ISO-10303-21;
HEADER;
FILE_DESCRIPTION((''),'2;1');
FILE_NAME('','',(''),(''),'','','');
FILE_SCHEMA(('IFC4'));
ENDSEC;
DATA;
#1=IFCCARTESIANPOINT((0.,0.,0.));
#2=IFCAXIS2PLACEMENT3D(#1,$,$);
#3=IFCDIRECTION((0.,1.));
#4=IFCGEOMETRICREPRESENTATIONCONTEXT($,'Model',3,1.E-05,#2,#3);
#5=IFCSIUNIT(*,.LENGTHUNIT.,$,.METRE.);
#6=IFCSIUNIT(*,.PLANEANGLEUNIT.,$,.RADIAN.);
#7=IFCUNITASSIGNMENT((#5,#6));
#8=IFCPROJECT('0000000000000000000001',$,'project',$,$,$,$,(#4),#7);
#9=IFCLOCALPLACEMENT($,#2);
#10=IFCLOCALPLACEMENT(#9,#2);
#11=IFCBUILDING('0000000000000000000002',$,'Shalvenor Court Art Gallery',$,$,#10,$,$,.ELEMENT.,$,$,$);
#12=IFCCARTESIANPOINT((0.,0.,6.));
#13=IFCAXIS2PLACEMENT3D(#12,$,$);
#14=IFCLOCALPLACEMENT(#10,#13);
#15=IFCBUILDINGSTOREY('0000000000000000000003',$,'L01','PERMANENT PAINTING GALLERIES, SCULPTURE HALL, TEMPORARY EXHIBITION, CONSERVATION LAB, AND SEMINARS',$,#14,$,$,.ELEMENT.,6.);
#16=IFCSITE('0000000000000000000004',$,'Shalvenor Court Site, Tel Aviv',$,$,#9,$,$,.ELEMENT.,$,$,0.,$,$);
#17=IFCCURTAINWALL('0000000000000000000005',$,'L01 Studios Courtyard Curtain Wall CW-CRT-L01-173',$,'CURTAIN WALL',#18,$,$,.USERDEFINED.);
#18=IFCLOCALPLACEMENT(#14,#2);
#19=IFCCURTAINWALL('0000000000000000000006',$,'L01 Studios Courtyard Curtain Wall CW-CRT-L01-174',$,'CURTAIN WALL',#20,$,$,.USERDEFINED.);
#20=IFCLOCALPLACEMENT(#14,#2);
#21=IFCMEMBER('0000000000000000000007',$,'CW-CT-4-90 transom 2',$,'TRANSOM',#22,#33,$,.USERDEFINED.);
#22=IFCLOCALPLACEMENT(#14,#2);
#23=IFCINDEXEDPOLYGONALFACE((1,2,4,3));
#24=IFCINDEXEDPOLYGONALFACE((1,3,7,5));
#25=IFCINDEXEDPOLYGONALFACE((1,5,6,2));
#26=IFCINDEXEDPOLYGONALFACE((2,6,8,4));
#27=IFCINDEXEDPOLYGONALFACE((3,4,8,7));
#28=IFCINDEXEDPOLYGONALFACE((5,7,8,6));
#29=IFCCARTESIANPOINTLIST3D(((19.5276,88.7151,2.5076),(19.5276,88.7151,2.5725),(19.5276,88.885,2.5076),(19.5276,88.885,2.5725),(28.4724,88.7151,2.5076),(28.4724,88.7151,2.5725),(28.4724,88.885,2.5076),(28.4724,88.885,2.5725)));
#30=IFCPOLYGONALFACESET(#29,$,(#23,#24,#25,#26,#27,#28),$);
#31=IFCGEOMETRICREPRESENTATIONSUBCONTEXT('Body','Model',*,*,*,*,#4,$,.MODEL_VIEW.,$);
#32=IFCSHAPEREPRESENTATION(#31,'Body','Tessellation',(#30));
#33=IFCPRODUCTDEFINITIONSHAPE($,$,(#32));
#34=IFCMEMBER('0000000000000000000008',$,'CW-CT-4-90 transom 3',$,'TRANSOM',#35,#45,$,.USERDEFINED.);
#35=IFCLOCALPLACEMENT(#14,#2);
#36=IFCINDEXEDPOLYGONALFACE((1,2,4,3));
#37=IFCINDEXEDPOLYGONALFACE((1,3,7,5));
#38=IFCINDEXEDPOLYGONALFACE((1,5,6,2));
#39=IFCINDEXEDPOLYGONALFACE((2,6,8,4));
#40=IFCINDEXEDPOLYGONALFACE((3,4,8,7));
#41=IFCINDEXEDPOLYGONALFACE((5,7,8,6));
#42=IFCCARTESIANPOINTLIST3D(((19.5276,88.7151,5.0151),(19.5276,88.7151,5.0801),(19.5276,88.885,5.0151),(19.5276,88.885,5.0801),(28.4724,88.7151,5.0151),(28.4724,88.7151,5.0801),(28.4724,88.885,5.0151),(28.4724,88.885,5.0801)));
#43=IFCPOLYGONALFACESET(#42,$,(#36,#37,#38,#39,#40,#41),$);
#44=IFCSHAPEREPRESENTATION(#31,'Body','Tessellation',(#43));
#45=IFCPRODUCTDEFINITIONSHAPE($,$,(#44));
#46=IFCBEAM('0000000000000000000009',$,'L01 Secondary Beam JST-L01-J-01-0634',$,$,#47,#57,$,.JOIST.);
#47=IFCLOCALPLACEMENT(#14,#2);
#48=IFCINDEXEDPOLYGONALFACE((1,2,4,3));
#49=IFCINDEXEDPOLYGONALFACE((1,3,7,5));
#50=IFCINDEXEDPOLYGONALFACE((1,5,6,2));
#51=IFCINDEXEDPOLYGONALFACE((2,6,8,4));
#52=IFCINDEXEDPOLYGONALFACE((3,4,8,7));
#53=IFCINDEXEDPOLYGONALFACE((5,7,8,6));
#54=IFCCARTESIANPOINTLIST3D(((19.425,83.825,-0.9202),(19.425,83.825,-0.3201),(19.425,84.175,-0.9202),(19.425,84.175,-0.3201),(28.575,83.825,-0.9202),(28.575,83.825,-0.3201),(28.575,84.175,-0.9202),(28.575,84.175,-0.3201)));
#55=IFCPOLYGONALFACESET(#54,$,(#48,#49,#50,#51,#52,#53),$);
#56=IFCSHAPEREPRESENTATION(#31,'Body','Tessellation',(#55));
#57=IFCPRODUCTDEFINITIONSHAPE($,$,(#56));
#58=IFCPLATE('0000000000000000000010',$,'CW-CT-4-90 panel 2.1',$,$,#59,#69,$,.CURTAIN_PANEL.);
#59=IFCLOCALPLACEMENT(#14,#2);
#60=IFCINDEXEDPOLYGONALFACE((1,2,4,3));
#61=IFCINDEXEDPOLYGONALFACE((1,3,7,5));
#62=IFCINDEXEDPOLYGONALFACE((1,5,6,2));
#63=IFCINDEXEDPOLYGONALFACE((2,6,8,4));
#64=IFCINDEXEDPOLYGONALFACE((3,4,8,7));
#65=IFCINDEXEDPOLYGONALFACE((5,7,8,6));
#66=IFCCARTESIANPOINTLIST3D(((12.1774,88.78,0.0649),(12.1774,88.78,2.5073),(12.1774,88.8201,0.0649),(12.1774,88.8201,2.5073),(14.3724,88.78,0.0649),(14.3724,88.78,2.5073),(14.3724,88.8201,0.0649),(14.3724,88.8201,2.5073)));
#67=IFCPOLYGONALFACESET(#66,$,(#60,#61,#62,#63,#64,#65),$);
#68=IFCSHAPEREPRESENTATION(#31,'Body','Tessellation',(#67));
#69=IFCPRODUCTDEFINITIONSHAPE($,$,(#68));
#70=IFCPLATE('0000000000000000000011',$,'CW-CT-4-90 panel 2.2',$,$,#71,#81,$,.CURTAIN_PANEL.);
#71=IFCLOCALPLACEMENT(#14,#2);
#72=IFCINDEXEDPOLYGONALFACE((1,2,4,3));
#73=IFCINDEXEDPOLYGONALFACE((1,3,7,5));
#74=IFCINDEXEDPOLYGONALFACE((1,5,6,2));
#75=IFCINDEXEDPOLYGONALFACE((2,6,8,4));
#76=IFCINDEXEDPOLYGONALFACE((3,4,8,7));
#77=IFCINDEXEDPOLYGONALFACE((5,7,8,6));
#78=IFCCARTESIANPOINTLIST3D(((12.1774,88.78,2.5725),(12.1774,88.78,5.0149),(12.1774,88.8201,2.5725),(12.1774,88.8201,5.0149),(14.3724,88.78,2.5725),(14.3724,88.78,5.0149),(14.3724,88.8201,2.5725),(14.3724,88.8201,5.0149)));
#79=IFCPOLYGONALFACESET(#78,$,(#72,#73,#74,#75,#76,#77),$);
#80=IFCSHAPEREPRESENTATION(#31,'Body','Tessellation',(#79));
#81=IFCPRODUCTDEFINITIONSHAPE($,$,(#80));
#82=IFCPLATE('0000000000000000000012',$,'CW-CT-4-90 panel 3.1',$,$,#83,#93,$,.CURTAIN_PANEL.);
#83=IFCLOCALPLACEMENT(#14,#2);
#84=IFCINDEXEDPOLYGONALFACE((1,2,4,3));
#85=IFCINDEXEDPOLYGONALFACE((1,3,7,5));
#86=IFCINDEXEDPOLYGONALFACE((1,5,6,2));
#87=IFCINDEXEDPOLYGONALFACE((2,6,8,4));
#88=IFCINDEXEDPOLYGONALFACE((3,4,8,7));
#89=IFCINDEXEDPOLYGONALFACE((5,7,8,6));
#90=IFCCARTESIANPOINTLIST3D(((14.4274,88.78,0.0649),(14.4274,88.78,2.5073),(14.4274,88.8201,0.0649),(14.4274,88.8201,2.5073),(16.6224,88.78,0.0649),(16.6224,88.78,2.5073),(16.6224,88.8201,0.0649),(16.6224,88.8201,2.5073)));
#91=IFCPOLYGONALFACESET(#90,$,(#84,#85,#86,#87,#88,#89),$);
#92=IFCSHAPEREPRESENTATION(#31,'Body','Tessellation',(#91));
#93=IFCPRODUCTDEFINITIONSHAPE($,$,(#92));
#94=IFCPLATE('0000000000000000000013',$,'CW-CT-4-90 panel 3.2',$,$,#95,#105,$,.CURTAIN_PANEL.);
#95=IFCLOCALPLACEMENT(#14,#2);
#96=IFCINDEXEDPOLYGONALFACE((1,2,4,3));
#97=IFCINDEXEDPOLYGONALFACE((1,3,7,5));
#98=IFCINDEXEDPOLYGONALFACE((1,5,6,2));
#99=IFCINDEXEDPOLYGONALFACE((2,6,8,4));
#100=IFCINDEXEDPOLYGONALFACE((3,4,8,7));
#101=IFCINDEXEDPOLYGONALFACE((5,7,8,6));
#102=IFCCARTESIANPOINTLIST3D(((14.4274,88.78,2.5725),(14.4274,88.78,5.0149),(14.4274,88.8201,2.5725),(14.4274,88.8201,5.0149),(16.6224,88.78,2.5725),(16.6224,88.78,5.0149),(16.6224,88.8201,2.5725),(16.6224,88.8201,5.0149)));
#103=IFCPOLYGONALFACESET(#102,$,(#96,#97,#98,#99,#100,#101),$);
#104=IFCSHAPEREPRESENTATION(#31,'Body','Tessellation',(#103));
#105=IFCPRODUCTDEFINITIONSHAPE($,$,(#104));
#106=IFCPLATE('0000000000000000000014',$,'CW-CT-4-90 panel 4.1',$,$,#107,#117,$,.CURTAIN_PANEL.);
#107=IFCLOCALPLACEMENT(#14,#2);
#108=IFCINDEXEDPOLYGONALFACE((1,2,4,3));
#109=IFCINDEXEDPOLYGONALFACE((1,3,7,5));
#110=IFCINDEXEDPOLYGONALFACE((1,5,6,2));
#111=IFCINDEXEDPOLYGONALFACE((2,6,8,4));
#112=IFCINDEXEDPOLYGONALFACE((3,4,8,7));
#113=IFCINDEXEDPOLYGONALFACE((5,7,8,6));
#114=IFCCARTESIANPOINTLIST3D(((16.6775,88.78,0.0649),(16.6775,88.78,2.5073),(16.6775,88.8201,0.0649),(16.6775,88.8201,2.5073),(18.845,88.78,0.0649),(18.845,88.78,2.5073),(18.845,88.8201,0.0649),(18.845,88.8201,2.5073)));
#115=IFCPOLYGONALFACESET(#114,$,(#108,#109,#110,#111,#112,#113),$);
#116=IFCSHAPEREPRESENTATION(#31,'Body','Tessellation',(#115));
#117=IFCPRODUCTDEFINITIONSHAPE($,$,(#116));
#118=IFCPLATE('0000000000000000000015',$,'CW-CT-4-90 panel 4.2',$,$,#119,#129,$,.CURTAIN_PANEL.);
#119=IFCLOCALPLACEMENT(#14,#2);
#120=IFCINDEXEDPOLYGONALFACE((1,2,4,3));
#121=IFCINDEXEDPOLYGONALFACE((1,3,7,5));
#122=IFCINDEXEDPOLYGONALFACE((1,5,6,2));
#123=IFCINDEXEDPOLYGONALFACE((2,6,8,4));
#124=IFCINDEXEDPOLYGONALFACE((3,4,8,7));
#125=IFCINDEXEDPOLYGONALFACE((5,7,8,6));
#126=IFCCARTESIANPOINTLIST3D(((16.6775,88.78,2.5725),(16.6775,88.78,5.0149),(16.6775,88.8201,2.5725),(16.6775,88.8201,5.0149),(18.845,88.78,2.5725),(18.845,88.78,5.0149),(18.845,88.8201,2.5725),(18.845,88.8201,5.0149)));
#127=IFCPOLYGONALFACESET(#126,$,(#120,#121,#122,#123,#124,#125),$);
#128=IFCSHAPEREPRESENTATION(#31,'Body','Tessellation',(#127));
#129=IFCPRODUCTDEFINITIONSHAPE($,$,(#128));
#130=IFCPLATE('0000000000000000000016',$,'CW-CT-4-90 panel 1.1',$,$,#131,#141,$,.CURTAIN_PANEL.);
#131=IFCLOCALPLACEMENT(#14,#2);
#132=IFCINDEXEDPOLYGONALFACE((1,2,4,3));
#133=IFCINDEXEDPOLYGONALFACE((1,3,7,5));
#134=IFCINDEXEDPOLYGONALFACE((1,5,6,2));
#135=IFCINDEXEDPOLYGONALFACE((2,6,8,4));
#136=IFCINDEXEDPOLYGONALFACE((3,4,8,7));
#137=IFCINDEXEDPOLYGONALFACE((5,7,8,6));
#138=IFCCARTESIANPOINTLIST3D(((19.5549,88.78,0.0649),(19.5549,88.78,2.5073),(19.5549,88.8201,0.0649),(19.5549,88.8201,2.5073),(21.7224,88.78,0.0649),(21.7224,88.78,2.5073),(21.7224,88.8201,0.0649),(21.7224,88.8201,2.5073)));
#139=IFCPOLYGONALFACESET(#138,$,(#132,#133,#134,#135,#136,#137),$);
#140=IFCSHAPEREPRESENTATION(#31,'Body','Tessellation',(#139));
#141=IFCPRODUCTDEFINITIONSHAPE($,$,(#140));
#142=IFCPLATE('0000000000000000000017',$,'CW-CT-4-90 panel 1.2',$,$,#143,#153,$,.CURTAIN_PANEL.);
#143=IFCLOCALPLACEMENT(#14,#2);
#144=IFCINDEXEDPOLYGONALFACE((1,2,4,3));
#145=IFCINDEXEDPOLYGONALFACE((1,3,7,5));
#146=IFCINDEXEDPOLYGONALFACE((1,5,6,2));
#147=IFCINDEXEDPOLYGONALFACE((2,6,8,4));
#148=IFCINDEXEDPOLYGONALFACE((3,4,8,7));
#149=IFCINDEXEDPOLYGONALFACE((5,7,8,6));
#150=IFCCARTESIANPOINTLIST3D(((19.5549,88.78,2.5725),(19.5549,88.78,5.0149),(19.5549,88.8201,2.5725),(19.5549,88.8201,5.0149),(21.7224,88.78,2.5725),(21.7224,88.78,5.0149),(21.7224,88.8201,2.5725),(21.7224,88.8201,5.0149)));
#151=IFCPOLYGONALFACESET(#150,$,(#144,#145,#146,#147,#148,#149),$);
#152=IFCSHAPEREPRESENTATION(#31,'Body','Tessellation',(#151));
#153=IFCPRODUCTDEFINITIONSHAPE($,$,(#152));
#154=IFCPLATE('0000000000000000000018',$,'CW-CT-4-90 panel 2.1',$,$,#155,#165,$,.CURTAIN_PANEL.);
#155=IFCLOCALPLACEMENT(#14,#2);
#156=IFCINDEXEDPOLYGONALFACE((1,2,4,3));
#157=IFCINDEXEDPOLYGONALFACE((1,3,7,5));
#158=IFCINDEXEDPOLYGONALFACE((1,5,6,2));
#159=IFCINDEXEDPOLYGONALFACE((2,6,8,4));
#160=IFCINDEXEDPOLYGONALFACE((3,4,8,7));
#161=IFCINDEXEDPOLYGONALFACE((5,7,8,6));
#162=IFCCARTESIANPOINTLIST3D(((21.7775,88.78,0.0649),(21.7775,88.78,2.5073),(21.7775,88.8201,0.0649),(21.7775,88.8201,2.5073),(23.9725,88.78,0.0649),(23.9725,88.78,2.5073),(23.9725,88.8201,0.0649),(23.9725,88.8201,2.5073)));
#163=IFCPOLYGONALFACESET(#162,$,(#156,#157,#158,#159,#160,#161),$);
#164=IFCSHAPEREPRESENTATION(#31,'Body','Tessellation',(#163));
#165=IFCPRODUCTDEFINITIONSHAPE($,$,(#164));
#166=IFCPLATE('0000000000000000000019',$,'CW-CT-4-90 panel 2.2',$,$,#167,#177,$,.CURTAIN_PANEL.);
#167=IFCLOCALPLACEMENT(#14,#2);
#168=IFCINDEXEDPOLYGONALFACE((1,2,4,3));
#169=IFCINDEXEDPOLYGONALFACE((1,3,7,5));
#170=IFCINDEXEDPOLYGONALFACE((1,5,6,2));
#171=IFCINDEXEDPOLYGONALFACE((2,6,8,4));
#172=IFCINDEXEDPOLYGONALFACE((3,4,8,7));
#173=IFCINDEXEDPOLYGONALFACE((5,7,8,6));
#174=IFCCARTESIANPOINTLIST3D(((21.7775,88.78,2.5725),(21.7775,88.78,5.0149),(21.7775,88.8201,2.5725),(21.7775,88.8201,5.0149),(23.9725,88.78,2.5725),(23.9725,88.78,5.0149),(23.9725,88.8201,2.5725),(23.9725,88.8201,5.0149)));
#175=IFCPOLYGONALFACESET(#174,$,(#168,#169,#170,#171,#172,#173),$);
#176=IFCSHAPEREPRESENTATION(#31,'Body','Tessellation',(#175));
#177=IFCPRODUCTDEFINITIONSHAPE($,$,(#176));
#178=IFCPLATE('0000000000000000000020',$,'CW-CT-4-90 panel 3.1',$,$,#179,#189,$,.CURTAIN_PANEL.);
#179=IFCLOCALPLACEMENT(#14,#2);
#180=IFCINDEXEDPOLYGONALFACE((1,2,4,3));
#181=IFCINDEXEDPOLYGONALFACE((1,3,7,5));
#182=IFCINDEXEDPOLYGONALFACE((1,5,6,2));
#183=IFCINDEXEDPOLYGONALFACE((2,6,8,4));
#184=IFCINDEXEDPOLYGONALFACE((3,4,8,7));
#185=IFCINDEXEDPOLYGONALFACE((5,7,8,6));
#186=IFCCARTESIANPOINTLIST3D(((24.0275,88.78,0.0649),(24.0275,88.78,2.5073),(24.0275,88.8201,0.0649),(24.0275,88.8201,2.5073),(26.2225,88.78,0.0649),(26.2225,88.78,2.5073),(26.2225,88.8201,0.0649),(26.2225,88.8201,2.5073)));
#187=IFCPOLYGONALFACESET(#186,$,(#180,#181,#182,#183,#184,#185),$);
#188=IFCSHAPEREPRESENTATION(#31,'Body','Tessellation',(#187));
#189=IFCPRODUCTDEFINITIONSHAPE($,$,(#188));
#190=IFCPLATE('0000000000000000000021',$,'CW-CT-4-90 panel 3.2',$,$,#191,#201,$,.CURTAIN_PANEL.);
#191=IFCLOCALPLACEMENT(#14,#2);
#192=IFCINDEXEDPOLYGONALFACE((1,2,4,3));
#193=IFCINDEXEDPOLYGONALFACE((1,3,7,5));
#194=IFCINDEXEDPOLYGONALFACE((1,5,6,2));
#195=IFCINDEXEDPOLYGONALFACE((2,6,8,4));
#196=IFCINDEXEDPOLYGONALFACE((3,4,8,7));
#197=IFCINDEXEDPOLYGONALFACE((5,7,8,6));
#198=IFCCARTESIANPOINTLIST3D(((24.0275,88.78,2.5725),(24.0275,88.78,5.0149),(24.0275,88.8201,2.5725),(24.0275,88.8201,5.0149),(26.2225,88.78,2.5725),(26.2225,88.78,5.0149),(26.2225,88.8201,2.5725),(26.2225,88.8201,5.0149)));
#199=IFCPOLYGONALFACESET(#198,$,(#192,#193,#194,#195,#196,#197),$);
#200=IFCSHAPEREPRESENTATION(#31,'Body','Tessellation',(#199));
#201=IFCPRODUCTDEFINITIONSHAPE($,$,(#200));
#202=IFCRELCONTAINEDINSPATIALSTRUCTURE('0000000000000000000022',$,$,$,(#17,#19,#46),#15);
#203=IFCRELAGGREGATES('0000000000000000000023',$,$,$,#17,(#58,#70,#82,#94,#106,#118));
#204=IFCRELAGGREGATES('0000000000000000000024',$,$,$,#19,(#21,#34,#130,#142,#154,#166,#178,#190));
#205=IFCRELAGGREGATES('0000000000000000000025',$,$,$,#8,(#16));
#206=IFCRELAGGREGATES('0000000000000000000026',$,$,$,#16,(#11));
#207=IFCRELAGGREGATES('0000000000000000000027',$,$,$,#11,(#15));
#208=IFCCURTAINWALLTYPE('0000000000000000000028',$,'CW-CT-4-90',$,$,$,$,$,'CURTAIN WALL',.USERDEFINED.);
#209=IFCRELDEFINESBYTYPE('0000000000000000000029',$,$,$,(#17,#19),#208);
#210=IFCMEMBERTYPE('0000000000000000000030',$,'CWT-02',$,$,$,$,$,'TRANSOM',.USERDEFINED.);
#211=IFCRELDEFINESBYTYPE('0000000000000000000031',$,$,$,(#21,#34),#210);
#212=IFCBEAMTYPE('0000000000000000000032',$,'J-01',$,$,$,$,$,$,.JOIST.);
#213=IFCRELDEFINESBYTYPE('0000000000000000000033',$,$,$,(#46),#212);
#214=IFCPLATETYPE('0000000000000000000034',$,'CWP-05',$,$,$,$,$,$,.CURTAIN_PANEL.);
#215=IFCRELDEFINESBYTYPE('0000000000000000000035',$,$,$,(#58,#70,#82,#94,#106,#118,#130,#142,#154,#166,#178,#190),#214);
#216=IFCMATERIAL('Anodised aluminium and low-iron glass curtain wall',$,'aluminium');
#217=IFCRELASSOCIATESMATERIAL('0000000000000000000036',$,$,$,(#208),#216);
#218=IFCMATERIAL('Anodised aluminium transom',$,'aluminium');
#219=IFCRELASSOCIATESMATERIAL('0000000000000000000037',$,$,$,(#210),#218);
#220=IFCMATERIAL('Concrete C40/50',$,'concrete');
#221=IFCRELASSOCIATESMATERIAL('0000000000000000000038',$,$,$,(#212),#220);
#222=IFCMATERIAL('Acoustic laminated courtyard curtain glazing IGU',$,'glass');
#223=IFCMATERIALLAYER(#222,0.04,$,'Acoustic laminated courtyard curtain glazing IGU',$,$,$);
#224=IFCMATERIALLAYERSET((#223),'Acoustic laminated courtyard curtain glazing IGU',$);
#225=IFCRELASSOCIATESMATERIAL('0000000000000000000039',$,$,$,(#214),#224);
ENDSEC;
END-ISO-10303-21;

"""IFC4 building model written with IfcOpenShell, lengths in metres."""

from ifc_helpers import new_model, si_unit, direction, frame, origin, origin_2d, place, context, subcontext, project, spatial, rectangle, extrude, material, layer, layer_set, material_profile, profile_set, type_object, element, aggregate, save


model = new_model("IFC4")

# Units and contexts
model_context = context("Model", 3, precision=1e-05, world=origin(), true_north=direction((0.0, 1.0)))
body_context = subcontext(model_context, "Body", "Model", "MODEL_VIEW")
ifc_project = project(units=[si_unit("LENGTHUNIT", "METRE"), si_unit("PLANEANGLEUNIT", "RADIAN")], contexts=[model_context])

# Site, building, storey
site_placement = place(None, origin())
site = spatial("IfcSite", under=ifc_project, at=site_placement, Name="Shalvenor Court Site, Tel Aviv", CompositionType="ELEMENT", RefElevation=0.0)
building_placement = place(site_placement, origin())
building = spatial("IfcBuilding", under=site, at=building_placement, Name="Shalvenor Court Art Gallery", CompositionType="ELEMENT")
storey_placement = place(building_placement, frame((0.0, 0.0, 6.0)))
storey = spatial("IfcBuildingStorey", under=building, at=storey_placement, Name="L01", Description="PERMANENT PAINTING GALLERIES, SCULPTURE HALL, TEMPORARY EXHIBITION, CONSERVATION LAB, AND SEMINARS", CompositionType="ELEMENT", Elevation=6.0)

# Curtain walls, members
ifc_material_1 = material(Name="Anodised aluminium and low-iron glass curtain wall", Category="aluminium")
curtain_wall_type = type_object("IfcCurtainWallType", Name="CW-CT-4-90", ElementType="CURTAIN WALL", PredefinedType="USERDEFINED", material=ifc_material_1)
curtain_wall_1_placement = place(storey_placement, origin())
curtain_wall_1 = element("IfcCurtainWall", 1, at=curtain_wall_1_placement, inside=storey, type_object=curtain_wall_type, Name="L01 Studios Courtyard Curtain Wall CW-CRT-L01-173", ObjectType="CURTAIN WALL", PredefinedType="USERDEFINED")
curtain_wall_2_placement = place(storey_placement, origin())
curtain_wall_2 = element("IfcCurtainWall", 2, at=curtain_wall_2_placement, inside=storey, type_object=curtain_wall_type, Name="L01 Studios Courtyard Curtain Wall CW-CRT-L01-174", ObjectType="CURTAIN WALL", PredefinedType="USERDEFINED")
ifc_material_2 = material(Name="Anodised aluminium transom", Category="aluminium")
ifc_material_profile_1 = material_profile(ifc_material_2, rectangle(XDim=0.1699, YDim=0.0649, at=origin_2d()), Name="CWT-02")
ifc_profile_set_1 = profile_set([ifc_material_profile_1], Name="Anodised aluminium transom")
member_type_1 = type_object("IfcMemberType", Name="CWT-02", ElementType="TRANSOM", PredefinedType="USERDEFINED", material=ifc_profile_set_1)
member_1_placement = place(storey_placement, frame((19.5276, 88.8, 2.54), z_axis=(1.0, 0.0, 0.0), x_axis=(0.0, 1.0, 0.0)))
member_1 = element("IfcMember", 3, at=member_1_placement, type_object=member_type_1, Name="CW-CT-4-90 transom 2", ObjectType="TRANSOM", PredefinedType="USERDEFINED", context=body_context, shape_type="SweptSolid", body=[
    extrude(rectangle(XDim=0.1699, YDim=0.0649, at=origin_2d()), origin(), (0.0, 0.0, 1.0), 8.9448),
])
member_2_placement = place(storey_placement, frame((19.5276, 88.8, 5.0476), z_axis=(1.0, 0.0, 0.0), x_axis=(0.0, 1.0, 0.0)))
member_2 = element("IfcMember", 4, at=member_2_placement, type_object=member_type_1, Name="CW-CT-4-90 transom 3", ObjectType="TRANSOM", PredefinedType="USERDEFINED", context=body_context, shape_type="SweptSolid", body=[
    extrude(rectangle(XDim=0.1699, YDim=0.0649, at=origin_2d()), origin(), (0.0, 0.0, 1.0), 8.9448),
])

# Beam
ifc_material_3 = material(Name="Concrete C40/50", Category="concrete")
ifc_material_profile_2 = material_profile(ifc_material_3, rectangle(XDim=0.3501, YDim=0.6001, at=origin_2d()), Name="RC 350x600")
ifc_profile_set_2 = profile_set([ifc_material_profile_2], Name="Concrete C40/50")
beam_type_1 = type_object("IfcBeamType", Name="J-01", PredefinedType="JOIST", material=ifc_profile_set_2)
beam_1_placement = place(storey_placement, frame((19.425, 84.0, -0.6201), z_axis=(1.0, 0.0, 0.0), x_axis=(0.0, 1.0, 0.0)))
element("IfcBeam", 5, at=beam_1_placement, inside=storey, type_object=beam_type_1, Name="L01 Secondary Beam JST-L01-J-01-0634", PredefinedType="JOIST", context=body_context, shape_type="SweptSolid", body=[
    extrude(rectangle(XDim=0.3501, YDim=0.6001, at=origin_2d()), origin(), (0.0, 0.0, 1.0), 9.1499),
])

# Plates
ifc_material_4 = material(Name="Acoustic laminated courtyard curtain glazing IGU", Category="glass")
ifc_layer_1 = layer(ifc_material_4, 0.04, Name="Acoustic laminated courtyard curtain glazing IGU")
ifc_layer_set_1 = layer_set([ifc_layer_1], Name="Acoustic laminated courtyard curtain glazing IGU")
plate_type = type_object("IfcPlateType", Name="CWP-05", PredefinedType="CURTAIN_PANEL", material=ifc_layer_set_1)
plate_1_placement = place(storey_placement, frame((13.2749, 88.8, 0.0649), z_axis=(0.0, 0.0, 1.0), x_axis=(1.0, 0.0, 0.0)))
plate_1 = element("IfcPlate", 6, at=plate_1_placement, type_object=plate_type, Name="CW-CT-4-90 panel 2.1", PredefinedType="CURTAIN_PANEL", context=body_context, shape_type="SweptSolid", body=[
    extrude(rectangle(XDim=2.1951, YDim=0.04, at=origin_2d()), origin(), (0.0, 0.0, 1.0), 2.4424),
])
plate_2_placement = place(storey_placement, frame((13.2749, 88.8, 2.5725), z_axis=(0.0, 0.0, 1.0), x_axis=(1.0, 0.0, 0.0)))
plate_2 = element("IfcPlate", 7, at=plate_2_placement, type_object=plate_type, Name="CW-CT-4-90 panel 2.2", PredefinedType="CURTAIN_PANEL", context=body_context, shape_type="SweptSolid", body=[
    extrude(rectangle(XDim=2.1951, YDim=0.04, at=origin_2d()), origin(), (0.0, 0.0, 1.0), 2.4424),
])
plate_3_placement = place(storey_placement, frame((15.5249, 88.8, 0.0649), z_axis=(0.0, 0.0, 1.0), x_axis=(1.0, 0.0, 0.0)))
plate_3 = element("IfcPlate", 8, at=plate_3_placement, type_object=plate_type, Name="CW-CT-4-90 panel 3.1", PredefinedType="CURTAIN_PANEL", context=body_context, shape_type="SweptSolid", body=[
    extrude(rectangle(XDim=2.1951, YDim=0.04, at=origin_2d()), origin(), (0.0, 0.0, 1.0), 2.4424),
])
plate_4_placement = place(storey_placement, frame((15.5249, 88.8, 2.5725), z_axis=(0.0, 0.0, 1.0), x_axis=(1.0, 0.0, 0.0)))
plate_4 = element("IfcPlate", 9, at=plate_4_placement, type_object=plate_type, Name="CW-CT-4-90 panel 3.2", PredefinedType="CURTAIN_PANEL", context=body_context, shape_type="SweptSolid", body=[
    extrude(rectangle(XDim=2.1951, YDim=0.04, at=origin_2d()), origin(), (0.0, 0.0, 1.0), 2.4424),
])
plate_5_placement = place(storey_placement, frame((17.7612, 88.8, 0.0649), z_axis=(0.0, 0.0, 1.0), x_axis=(1.0, 0.0, 0.0)))
plate_5 = element("IfcPlate", 10, at=plate_5_placement, type_object=plate_type, Name="CW-CT-4-90 panel 4.1", PredefinedType="CURTAIN_PANEL", context=body_context, shape_type="SweptSolid", body=[
    extrude(rectangle(XDim=2.1675, YDim=0.04, at=origin_2d()), origin(), (0.0, 0.0, 1.0), 2.4424),
])
plate_6_placement = place(storey_placement, frame((17.7612, 88.8, 2.5725), z_axis=(0.0, 0.0, 1.0), x_axis=(1.0, 0.0, 0.0)))
plate_6 = element("IfcPlate", 11, at=plate_6_placement, type_object=plate_type, Name="CW-CT-4-90 panel 4.2", PredefinedType="CURTAIN_PANEL", context=body_context, shape_type="SweptSolid", body=[
    extrude(rectangle(XDim=2.1675, YDim=0.04, at=origin_2d()), origin(), (0.0, 0.0, 1.0), 2.4424),
])
aggregate(curtain_wall_1, [plate_1, plate_2, plate_3, plate_4, plate_5, plate_6])
plate_7_placement = place(storey_placement, frame((20.6387, 88.8, 0.0649), z_axis=(0.0, 0.0, 1.0), x_axis=(1.0, 0.0, 0.0)))
plate_7 = element("IfcPlate", 12, at=plate_7_placement, type_object=plate_type, Name="CW-CT-4-90 panel 1.1", PredefinedType="CURTAIN_PANEL", context=body_context, shape_type="SweptSolid", body=[
    extrude(rectangle(XDim=2.1675, YDim=0.04, at=origin_2d()), origin(), (0.0, 0.0, 1.0), 2.4424),
])
plate_8_placement = place(storey_placement, frame((20.6387, 88.8, 2.5725), z_axis=(0.0, 0.0, 1.0), x_axis=(1.0, 0.0, 0.0)))
plate_8 = element("IfcPlate", 13, at=plate_8_placement, type_object=plate_type, Name="CW-CT-4-90 panel 1.2", PredefinedType="CURTAIN_PANEL", context=body_context, shape_type="SweptSolid", body=[
    extrude(rectangle(XDim=2.1675, YDim=0.04, at=origin_2d()), origin(), (0.0, 0.0, 1.0), 2.4424),
])
plate_9_placement = place(storey_placement, frame((22.875, 88.8, 0.0649), z_axis=(0.0, 0.0, 1.0), x_axis=(1.0, 0.0, 0.0)))
plate_9 = element("IfcPlate", 14, at=plate_9_placement, type_object=plate_type, Name="CW-CT-4-90 panel 2.1", PredefinedType="CURTAIN_PANEL", context=body_context, shape_type="SweptSolid", body=[
    extrude(rectangle(XDim=2.1951, YDim=0.04, at=origin_2d()), origin(), (0.0, 0.0, 1.0), 2.4424),
])
plate_10_placement = place(storey_placement, frame((22.875, 88.8, 2.5725), z_axis=(0.0, 0.0, 1.0), x_axis=(1.0, 0.0, 0.0)))
plate_10 = element("IfcPlate", 15, at=plate_10_placement, type_object=plate_type, Name="CW-CT-4-90 panel 2.2", PredefinedType="CURTAIN_PANEL", context=body_context, shape_type="SweptSolid", body=[
    extrude(rectangle(XDim=2.1951, YDim=0.04, at=origin_2d()), origin(), (0.0, 0.0, 1.0), 2.4424),
])
plate_11_placement = place(storey_placement, frame((25.125, 88.8, 0.0649), z_axis=(0.0, 0.0, 1.0), x_axis=(1.0, 0.0, 0.0)))
plate_11 = element("IfcPlate", 16, at=plate_11_placement, type_object=plate_type, Name="CW-CT-4-90 panel 3.1", PredefinedType="CURTAIN_PANEL", context=body_context, shape_type="SweptSolid", body=[
    extrude(rectangle(XDim=2.1951, YDim=0.04, at=origin_2d()), origin(), (0.0, 0.0, 1.0), 2.4424),
])
plate_12_placement = place(storey_placement, frame((25.125, 88.8, 2.5725), z_axis=(0.0, 0.0, 1.0), x_axis=(1.0, 0.0, 0.0)))
plate_12 = element("IfcPlate", 17, at=plate_12_placement, type_object=plate_type, Name="CW-CT-4-90 panel 3.2", PredefinedType="CURTAIN_PANEL", context=body_context, shape_type="SweptSolid", body=[
    extrude(rectangle(XDim=2.1951, YDim=0.04, at=origin_2d()), origin(), (0.0, 0.0, 1.0), 2.4424),
])
aggregate(curtain_wall_2, [member_1, member_2, plate_7, plate_8, plate_9, plate_10, plate_11, plate_12])

save(model, "model.ifc")
